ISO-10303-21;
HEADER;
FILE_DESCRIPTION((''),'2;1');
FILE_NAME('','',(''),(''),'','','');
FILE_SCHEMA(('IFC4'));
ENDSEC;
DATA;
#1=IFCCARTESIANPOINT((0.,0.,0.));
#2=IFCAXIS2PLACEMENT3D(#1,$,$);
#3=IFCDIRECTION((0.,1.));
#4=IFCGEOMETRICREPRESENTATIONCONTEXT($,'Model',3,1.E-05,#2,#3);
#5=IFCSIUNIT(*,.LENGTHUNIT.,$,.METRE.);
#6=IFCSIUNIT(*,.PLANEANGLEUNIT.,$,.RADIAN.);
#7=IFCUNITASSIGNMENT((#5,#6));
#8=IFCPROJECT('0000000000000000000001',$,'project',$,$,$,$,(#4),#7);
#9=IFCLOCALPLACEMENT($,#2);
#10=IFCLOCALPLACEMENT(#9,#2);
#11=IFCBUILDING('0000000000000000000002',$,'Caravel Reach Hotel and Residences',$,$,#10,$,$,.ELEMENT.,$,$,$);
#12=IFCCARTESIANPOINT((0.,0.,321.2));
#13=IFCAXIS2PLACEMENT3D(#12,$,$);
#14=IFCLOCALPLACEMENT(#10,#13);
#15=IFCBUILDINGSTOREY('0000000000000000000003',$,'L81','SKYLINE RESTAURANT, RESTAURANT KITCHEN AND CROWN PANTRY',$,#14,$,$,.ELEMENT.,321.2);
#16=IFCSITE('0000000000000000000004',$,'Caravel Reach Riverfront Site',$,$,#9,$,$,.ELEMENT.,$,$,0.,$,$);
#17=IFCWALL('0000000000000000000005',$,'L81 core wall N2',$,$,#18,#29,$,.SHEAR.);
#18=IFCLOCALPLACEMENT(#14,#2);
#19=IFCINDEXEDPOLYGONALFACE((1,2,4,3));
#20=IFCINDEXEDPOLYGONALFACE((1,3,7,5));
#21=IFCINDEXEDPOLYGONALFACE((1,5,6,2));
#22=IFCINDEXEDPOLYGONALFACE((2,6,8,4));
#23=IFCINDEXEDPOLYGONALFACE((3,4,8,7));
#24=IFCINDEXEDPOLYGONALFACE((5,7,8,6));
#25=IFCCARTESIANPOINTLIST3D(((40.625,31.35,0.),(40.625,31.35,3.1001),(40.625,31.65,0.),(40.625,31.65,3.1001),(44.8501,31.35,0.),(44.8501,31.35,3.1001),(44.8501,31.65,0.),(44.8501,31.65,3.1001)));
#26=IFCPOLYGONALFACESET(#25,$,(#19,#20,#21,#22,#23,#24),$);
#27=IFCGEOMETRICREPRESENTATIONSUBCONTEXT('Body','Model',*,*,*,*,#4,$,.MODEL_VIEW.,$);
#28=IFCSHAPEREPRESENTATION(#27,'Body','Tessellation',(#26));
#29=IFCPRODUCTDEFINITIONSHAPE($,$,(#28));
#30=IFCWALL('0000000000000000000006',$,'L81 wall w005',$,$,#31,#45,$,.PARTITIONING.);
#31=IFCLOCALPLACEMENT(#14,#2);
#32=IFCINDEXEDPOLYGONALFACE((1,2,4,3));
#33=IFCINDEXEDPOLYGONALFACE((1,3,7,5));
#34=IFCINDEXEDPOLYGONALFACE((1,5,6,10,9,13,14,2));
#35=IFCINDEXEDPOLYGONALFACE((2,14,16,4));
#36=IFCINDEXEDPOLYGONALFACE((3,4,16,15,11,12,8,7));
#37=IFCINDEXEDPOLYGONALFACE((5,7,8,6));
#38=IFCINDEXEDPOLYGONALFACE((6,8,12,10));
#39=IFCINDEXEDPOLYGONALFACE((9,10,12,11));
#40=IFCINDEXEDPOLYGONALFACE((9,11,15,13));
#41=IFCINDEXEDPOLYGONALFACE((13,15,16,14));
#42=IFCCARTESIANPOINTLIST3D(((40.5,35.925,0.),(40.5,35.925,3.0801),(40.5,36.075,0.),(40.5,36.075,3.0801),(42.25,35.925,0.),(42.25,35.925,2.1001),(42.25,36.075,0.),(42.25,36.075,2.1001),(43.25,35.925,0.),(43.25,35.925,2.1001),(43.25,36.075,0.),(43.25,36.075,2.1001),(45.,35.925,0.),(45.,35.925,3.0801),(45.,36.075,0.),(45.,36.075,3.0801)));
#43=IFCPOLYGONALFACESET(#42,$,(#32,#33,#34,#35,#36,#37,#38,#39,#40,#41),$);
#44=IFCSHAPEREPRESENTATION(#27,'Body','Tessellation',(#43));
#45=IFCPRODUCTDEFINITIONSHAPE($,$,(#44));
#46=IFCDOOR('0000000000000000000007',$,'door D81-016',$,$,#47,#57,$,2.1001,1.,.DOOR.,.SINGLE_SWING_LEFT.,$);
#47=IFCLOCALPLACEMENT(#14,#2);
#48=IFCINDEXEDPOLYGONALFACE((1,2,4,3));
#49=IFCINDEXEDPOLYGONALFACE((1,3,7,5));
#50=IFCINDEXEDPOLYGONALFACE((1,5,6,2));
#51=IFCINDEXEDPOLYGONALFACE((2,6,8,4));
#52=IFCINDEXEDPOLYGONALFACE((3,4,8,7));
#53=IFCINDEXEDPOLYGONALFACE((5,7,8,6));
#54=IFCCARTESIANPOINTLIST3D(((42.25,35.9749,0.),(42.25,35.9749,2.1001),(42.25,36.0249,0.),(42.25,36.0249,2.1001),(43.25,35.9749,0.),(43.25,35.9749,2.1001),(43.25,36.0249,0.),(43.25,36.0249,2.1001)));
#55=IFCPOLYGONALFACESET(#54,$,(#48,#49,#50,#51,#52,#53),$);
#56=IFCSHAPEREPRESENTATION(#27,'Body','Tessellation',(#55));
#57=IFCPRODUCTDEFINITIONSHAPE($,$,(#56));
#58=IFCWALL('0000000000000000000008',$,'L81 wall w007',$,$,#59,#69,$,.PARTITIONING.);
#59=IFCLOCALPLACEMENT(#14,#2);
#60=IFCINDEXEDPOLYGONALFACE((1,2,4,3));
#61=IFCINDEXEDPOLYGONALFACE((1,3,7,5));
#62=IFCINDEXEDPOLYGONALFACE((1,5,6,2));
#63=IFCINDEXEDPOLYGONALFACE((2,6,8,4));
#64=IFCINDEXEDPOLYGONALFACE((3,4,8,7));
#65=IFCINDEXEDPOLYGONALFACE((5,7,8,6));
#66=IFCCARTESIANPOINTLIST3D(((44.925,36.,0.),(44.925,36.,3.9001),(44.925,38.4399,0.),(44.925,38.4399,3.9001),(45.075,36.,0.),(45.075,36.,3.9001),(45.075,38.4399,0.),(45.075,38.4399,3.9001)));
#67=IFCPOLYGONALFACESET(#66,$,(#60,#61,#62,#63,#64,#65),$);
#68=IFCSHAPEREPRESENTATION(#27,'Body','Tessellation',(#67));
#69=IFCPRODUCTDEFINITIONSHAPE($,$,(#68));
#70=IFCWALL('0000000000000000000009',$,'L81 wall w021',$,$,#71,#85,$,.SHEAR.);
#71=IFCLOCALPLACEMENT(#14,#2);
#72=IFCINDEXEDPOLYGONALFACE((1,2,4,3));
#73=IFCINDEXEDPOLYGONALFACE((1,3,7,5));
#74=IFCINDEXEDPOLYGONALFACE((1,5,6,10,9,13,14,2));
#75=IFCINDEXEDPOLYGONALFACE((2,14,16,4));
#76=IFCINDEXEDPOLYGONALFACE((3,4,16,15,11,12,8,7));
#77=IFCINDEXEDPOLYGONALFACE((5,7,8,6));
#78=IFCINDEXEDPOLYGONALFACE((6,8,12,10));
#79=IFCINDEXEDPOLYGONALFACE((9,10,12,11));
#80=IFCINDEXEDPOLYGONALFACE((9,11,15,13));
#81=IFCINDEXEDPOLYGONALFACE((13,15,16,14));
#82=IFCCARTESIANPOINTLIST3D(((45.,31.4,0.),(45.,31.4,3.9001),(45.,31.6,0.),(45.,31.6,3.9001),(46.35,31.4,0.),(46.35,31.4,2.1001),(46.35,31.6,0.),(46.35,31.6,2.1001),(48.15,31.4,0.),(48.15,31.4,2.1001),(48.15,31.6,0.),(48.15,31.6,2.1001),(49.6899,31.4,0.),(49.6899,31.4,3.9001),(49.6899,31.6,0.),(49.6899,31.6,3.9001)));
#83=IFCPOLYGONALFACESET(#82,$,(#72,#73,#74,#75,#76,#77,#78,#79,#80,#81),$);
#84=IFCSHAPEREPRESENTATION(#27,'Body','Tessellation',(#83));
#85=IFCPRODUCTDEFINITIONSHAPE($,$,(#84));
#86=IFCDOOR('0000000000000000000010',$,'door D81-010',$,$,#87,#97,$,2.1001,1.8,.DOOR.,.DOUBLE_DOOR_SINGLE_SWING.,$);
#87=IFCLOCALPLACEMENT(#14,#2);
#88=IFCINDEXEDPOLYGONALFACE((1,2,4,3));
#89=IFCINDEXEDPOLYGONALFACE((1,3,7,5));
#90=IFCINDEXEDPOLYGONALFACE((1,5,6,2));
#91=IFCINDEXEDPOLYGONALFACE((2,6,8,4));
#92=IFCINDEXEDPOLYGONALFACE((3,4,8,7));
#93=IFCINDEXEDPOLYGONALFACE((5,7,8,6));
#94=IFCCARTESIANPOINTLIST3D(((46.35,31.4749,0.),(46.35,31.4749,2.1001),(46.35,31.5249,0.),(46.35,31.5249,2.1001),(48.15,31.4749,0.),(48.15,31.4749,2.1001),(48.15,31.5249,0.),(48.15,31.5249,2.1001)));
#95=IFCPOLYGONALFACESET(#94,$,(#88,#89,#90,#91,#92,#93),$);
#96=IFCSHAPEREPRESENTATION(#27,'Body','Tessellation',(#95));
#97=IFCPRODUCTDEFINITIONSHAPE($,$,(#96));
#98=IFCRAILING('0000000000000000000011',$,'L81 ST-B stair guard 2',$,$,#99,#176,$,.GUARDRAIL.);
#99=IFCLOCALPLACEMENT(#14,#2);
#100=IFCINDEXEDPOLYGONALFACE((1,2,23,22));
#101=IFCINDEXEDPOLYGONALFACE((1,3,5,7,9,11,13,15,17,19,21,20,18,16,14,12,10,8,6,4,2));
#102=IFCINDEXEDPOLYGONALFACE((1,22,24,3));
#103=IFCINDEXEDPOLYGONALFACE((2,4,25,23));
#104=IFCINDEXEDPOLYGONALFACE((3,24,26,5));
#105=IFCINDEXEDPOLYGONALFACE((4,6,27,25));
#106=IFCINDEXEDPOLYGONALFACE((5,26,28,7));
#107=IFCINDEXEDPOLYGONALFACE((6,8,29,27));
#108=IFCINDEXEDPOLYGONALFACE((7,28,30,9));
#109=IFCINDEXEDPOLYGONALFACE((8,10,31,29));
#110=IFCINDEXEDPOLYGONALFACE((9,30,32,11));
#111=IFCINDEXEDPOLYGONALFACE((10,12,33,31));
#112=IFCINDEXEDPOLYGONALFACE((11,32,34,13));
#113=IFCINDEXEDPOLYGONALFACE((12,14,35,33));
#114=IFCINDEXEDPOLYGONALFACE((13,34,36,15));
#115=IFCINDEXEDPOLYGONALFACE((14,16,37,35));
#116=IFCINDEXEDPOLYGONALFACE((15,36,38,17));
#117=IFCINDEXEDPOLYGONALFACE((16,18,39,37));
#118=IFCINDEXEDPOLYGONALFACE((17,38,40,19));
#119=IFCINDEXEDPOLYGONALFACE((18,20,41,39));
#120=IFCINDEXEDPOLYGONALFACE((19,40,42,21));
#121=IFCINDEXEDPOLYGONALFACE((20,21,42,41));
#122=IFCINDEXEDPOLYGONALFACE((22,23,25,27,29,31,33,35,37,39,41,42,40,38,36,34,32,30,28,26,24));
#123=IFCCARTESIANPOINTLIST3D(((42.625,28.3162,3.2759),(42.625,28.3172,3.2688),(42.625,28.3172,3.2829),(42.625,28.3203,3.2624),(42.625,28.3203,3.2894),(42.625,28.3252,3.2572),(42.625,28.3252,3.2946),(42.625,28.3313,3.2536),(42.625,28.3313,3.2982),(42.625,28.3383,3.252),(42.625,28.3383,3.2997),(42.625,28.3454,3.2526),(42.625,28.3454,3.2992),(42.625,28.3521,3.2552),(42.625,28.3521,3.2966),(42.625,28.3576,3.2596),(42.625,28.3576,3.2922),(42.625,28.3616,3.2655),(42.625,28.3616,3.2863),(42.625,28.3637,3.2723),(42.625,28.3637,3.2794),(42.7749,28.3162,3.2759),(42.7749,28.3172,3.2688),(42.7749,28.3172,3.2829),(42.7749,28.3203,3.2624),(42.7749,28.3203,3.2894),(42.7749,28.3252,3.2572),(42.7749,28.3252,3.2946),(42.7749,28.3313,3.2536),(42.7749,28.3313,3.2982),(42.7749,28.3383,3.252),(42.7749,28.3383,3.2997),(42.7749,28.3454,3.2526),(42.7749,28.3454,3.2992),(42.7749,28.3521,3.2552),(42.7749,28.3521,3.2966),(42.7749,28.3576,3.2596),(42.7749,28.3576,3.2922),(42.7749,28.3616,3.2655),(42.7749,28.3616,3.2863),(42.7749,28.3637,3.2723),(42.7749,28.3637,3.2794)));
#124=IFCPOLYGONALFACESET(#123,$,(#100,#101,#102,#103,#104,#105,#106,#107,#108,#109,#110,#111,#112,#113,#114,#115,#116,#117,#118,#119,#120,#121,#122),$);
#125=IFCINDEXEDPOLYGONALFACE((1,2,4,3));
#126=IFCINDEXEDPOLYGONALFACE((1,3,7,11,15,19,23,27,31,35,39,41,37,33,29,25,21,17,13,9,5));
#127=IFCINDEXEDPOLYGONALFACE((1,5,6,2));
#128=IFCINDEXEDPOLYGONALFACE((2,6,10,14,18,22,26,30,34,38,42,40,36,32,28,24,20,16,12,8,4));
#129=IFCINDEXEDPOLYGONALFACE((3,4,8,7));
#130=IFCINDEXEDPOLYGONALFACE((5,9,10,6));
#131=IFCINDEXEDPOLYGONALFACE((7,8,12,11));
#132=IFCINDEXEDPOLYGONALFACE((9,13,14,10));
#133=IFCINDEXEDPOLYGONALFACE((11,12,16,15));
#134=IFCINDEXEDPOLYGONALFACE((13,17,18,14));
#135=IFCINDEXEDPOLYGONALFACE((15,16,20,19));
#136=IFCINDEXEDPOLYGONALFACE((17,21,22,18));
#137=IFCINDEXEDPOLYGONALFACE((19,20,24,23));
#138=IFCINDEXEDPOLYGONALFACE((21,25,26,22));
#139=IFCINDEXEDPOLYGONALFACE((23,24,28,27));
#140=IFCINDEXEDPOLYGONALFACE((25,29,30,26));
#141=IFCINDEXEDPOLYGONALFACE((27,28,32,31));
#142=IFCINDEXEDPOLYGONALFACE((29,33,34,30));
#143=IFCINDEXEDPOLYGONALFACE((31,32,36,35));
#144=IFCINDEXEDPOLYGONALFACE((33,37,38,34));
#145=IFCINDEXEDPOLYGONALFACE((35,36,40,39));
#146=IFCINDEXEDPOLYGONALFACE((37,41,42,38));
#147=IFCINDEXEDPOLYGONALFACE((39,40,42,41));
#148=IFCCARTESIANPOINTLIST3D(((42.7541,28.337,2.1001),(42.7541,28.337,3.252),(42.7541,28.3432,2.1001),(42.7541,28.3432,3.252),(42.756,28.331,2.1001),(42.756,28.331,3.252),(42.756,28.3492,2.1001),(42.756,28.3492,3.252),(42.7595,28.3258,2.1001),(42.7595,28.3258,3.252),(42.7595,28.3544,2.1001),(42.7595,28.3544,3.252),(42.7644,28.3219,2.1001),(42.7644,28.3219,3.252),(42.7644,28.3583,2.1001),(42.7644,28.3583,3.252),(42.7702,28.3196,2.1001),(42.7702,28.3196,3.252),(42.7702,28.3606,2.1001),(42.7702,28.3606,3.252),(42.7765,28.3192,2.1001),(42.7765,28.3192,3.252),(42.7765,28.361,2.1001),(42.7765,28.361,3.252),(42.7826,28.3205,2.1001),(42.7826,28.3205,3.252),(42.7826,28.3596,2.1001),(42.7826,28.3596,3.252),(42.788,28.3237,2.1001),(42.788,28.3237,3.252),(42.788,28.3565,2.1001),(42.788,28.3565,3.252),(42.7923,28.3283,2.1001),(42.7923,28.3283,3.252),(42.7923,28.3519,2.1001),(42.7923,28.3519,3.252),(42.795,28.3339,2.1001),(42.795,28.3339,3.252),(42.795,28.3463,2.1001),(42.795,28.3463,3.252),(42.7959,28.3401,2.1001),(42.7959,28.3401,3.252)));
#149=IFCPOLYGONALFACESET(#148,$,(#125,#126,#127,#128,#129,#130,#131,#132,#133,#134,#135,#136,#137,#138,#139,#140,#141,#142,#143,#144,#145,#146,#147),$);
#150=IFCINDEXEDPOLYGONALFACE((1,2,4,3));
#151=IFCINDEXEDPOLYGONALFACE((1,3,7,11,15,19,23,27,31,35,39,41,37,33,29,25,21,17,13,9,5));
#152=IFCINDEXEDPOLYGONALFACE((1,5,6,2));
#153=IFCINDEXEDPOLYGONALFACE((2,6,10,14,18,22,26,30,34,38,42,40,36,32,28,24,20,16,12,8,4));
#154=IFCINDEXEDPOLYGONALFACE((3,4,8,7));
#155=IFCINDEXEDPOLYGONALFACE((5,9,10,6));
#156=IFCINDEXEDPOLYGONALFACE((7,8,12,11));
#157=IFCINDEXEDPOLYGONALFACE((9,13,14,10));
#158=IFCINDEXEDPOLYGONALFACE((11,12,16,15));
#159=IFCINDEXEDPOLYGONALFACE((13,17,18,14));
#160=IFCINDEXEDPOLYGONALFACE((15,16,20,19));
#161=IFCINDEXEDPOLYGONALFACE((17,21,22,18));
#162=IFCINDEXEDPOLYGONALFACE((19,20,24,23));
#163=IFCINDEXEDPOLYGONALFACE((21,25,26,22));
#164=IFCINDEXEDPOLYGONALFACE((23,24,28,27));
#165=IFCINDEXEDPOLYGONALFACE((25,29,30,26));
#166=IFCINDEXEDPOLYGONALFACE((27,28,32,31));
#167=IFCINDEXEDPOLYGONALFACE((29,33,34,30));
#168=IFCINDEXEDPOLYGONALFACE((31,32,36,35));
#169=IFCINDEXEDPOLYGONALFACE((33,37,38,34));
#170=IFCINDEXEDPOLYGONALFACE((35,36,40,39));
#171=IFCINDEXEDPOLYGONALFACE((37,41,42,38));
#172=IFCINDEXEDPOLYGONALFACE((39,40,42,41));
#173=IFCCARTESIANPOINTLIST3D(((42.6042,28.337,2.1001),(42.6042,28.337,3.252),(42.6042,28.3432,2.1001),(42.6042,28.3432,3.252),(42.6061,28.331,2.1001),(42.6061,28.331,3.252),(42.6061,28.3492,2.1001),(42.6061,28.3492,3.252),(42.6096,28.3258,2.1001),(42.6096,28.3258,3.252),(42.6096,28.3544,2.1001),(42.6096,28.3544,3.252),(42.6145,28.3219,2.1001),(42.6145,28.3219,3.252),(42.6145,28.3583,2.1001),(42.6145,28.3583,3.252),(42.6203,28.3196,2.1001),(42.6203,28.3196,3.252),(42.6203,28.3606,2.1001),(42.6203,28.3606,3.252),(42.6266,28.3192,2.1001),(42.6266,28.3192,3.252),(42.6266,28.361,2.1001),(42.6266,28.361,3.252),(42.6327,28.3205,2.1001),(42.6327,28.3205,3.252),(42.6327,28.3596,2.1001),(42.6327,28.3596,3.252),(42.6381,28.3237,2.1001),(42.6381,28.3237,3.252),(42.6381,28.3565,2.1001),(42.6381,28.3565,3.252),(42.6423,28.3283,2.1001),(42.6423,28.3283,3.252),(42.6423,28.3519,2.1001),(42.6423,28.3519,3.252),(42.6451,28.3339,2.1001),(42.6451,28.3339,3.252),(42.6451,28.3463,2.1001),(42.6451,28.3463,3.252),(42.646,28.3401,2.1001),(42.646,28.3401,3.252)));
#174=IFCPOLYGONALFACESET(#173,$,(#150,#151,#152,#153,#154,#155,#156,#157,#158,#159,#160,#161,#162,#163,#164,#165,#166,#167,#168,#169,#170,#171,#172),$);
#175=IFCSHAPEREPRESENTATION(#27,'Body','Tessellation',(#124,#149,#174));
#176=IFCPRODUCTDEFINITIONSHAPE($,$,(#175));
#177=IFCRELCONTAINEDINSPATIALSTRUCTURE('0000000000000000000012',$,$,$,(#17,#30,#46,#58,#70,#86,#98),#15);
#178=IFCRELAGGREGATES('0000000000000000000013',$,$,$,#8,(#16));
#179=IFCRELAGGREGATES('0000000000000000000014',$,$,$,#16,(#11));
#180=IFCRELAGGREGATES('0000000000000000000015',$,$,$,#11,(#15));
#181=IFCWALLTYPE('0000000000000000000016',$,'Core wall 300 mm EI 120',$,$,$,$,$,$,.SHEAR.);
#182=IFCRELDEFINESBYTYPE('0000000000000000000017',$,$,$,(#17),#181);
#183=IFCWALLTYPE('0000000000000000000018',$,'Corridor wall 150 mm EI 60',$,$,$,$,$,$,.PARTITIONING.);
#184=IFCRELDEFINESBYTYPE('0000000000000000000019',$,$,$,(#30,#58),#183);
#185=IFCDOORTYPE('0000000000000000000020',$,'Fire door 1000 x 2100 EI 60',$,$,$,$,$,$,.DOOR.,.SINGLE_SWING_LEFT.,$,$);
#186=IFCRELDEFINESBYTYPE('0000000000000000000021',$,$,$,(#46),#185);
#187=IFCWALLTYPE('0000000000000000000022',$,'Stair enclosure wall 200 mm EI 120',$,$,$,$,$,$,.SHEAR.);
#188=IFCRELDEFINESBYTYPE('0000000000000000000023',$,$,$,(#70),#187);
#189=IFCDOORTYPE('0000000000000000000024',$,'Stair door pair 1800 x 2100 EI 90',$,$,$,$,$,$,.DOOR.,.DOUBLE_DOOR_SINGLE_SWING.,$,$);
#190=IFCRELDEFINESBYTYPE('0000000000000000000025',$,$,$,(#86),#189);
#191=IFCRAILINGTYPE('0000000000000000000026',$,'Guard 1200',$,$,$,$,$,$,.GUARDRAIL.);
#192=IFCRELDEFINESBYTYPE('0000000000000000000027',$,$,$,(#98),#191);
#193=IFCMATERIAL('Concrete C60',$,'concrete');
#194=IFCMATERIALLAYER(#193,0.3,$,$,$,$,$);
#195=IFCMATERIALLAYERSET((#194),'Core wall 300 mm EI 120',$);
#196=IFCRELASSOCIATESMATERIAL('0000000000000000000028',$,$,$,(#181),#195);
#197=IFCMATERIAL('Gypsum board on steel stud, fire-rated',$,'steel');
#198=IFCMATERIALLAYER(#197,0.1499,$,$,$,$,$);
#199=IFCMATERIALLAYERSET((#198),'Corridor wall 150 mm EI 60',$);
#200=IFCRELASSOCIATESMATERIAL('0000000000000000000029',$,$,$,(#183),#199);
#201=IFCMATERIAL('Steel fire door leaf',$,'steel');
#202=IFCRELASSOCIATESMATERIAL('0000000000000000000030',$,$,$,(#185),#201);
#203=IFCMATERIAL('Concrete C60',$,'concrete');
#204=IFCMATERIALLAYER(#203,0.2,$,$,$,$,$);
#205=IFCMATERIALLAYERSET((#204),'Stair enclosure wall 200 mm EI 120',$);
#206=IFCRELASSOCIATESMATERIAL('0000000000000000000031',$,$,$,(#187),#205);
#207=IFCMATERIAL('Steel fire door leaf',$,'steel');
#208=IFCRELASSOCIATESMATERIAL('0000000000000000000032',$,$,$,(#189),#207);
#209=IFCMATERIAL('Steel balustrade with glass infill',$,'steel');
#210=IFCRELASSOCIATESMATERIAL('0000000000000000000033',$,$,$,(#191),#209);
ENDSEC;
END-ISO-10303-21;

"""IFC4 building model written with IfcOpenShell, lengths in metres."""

from ifc_helpers import new_model, si_unit, direction, frame, frame_2d, origin, origin_2d, place, context, subcontext, project, spatial, rectangle, circle, extrude, material, layer, layer_set, type_object, element, fill, save


model = new_model("IFC4")

# Units and contexts
model_context = context("Model", 3, precision=1e-05, world=origin(), true_north=direction((0.0, 1.0)))
body_context = subcontext(model_context, "Body", "Model", "MODEL_VIEW")
ifc_project = project(units=[si_unit("LENGTHUNIT", "METRE"), si_unit("PLANEANGLEUNIT", "RADIAN")], contexts=[model_context])

# Site, building, storey
site_placement = place(None, origin())
site = spatial("IfcSite", under=ifc_project, at=site_placement, Name="Caravel Reach Riverfront Site", CompositionType="ELEMENT", RefElevation=0.0)
building_placement = place(site_placement, origin())
building = spatial("IfcBuilding", under=site, at=building_placement, Name="Caravel Reach Hotel and Residences", CompositionType="ELEMENT")
storey_placement = place(building_placement, frame((0.0, 0.0, 321.2)))
storey = spatial("IfcBuildingStorey", under=building, at=storey_placement, Name="L81", Description="SKYLINE RESTAURANT, RESTAURANT KITCHEN AND CROWN PANTRY", CompositionType="ELEMENT", Elevation=321.2)

# Wall
ifc_material_1 = material(Name="Concrete C60", Category="concrete")
ifc_layer_1 = layer(ifc_material_1, 0.3)
ifc_layer_set_1 = layer_set([ifc_layer_1], Name="Core wall 300 mm EI 120")
wall_type_1 = type_object("IfcWallType", Name="Core wall 300 mm EI 120", PredefinedType="SHEAR", material=ifc_layer_set_1)
wall_1_placement = place(storey_placement, frame((40.625, 31.5, 0.0), z_axis=(0.0, 0.0, 1.0), x_axis=(1.0, 0.0, 0.0)))
element("IfcWall", 1, at=wall_1_placement, inside=storey, type_object=wall_type_1, Name="L81 core wall N2", PredefinedType="SHEAR", context=body_context, shape_type="SweptSolid", body=[
    extrude(rectangle(XDim=4.2251, YDim=0.3, at=frame_2d((2.1125, 0.0))), origin(), (0.0, 0.0, 1.0), 3.1001),
])

# Wall, opening, door
ifc_material_2 = material(Name="Gypsum board on steel stud, fire-rated", Category="steel")
ifc_layer_2 = layer(ifc_material_2, 0.1499)
ifc_layer_set_2 = layer_set([ifc_layer_2], Name="Corridor wall 150 mm EI 60")
wall_type_2 = type_object("IfcWallType", Name="Corridor wall 150 mm EI 60", PredefinedType="PARTITIONING", material=ifc_layer_set_2)
wall_2_placement = place(storey_placement, frame((40.5, 36.0, 0.0), z_axis=(0.0, 0.0, 1.0), x_axis=(1.0, 0.0, 0.0)))
wall_2 = element("IfcWall", 2, at=wall_2_placement, inside=storey, type_object=wall_type_2, Name="L81 wall w005", PredefinedType="PARTITIONING", context=body_context, shape_type="SweptSolid", body=[
    extrude(rectangle(XDim=4.5, YDim=0.1499, at=frame_2d((2.25, 0.0))), origin(), (0.0, 0.0, 1.0), 3.0801),
])
opening_1_placement = place(wall_2_placement, frame((1.75, 0.0, 0.0)))
opening_1 = element("IfcOpeningElement", 3, at=opening_1_placement, cuts=wall_2, PredefinedType="OPENING", context=body_context, shape_type="SweptSolid", body=[
    extrude(rectangle(XDim=1.0, YDim=2.1001, at=frame_2d((0.5, 1.05))), frame((0.0, 0.085, 0.0), z_axis=(0.0, -1.0, 0.0), x_axis=(1.0, 0.0, 0.0)), (0.0, 0.0, 1.0), 0.1699),
])
ifc_material_3 = material(Name="Steel fire door leaf", Category="steel")
door_type_1 = type_object("IfcDoorType", Name="Fire door 1000 x 2100 EI 60", OperationType="SINGLE_SWING_LEFT", PredefinedType="DOOR", material=ifc_material_3)
door_1_placement = place(opening_1_placement, origin())
door_1 = element("IfcDoor", 4, at=door_1_placement, inside=storey, type_object=door_type_1, Name="door D81-016", OperationType="SINGLE_SWING_LEFT", OverallHeight=2.1001, OverallWidth=1.0, PredefinedType="DOOR", context=body_context, shape_type="SweptSolid", body=[
    extrude(rectangle(XDim=1.0, YDim=2.1001, at=frame_2d((0.5, 1.05))), frame((0.0, 0.0249, 0.0), z_axis=(0.0, -1.0, 0.0), x_axis=(1.0, 0.0, 0.0)), (0.0, 0.0, 1.0), 0.05),
])
fill(opening_1, door_1)

# Wall
wall_3_placement = place(storey_placement, frame((45.0, 36.0, 0.0), z_axis=(0.0, 0.0, 1.0), x_axis=(0.0, 1.0, 0.0)))
element("IfcWall", 5, at=wall_3_placement, inside=storey, type_object=wall_type_2, Name="L81 wall w007", PredefinedType="PARTITIONING", context=body_context, shape_type="SweptSolid", body=[
    extrude(rectangle(XDim=2.4399, YDim=0.1499, at=frame_2d((1.22, 0.0))), origin(), (0.0, 0.0, 1.0), 3.9001),
])

# Wall, opening, door
ifc_material_4 = material(Name="Concrete C60", Category="concrete")
ifc_layer_3 = layer(ifc_material_4, 0.2)
ifc_layer_set_3 = layer_set([ifc_layer_3], Name="Stair enclosure wall 200 mm EI 120")
wall_type_3 = type_object("IfcWallType", Name="Stair enclosure wall 200 mm EI 120", PredefinedType="SHEAR", material=ifc_layer_set_3)
wall_4_placement = place(storey_placement, frame((45.0, 31.5, 0.0), z_axis=(0.0, 0.0, 1.0), x_axis=(1.0, 0.0, 0.0)))
wall_4 = element("IfcWall", 6, at=wall_4_placement, inside=storey, type_object=wall_type_3, Name="L81 wall w021", PredefinedType="SHEAR", context=body_context, shape_type="SweptSolid", body=[
    extrude(rectangle(XDim=4.6899, YDim=0.2, at=frame_2d((2.345, 0.0))), origin(), (0.0, 0.0, 1.0), 3.9001),
])
opening_2_placement = place(wall_4_placement, frame((1.3501, 0.0, 0.0)))
opening_2 = element("IfcOpeningElement", 7, at=opening_2_placement, cuts=wall_4, PredefinedType="OPENING", context=body_context, shape_type="SweptSolid", body=[
    extrude(rectangle(XDim=1.8, YDim=2.1001, at=frame_2d((0.8999, 1.05))), frame((0.0, 0.1099, 0.0), z_axis=(0.0, -1.0, 0.0), x_axis=(1.0, 0.0, 0.0)), (0.0, 0.0, 1.0), 0.22),
])
ifc_material_5 = material(Name="Steel fire door leaf", Category="steel")
door_type_2 = type_object("IfcDoorType", Name="Stair door pair 1800 x 2100 EI 90", OperationType="DOUBLE_DOOR_SINGLE_SWING", PredefinedType="DOOR", material=ifc_material_5)
door_2_placement = place(opening_2_placement, origin())
door_2 = element("IfcDoor", 8, at=door_2_placement, inside=storey, type_object=door_type_2, Name="door D81-010", OperationType="DOUBLE_DOOR_SINGLE_SWING", OverallHeight=2.1001, OverallWidth=1.8, PredefinedType="DOOR", context=body_context, shape_type="SweptSolid", body=[
    extrude(rectangle(XDim=1.8, YDim=2.1001, at=frame_2d((0.8999, 1.05))), frame((0.0, 0.0249, 0.0), z_axis=(0.0, -1.0, 0.0), x_axis=(1.0, 0.0, 0.0)), (0.0, 0.0, 1.0), 0.05),
])
fill(opening_2, door_2)

# Railing
ifc_material_6 = material(Name="Steel balustrade with glass infill", Category="steel")
railing_type_1 = type_object("IfcRailingType", Name="Guard 1200", PredefinedType="GUARDRAIL", material=ifc_material_6)
railing_1_placement = place(storey_placement, frame((42.7749, 28.3401, 2.1001)))
element("IfcRailing", 9, at=railing_1_placement, inside=storey, type_object=railing_type_1, Name="L81 ST-B stair guard 2", PredefinedType="GUARDRAIL", context=body_context, shape_type="SweptSolid", body=[
    extrude(circle(Radius=0.0239, at=origin_2d()), frame((0.0, 0.0, 1.1758), z_axis=(-1.0, 0.0, 0.0), x_axis=(0.0, -1.0, 0.0)), (0.0, 0.0, 1.0), 0.1499),
    extrude(circle(Radius=0.021, at=origin_2d()), origin(), (0.0, 0.0, 1.0), 1.1519),
    extrude(circle(Radius=0.021, at=origin_2d()), frame((-0.1499, 0.0, 0.0)), (0.0, 0.0, 1.0), 1.1519),
])

save(model, "model.ifc")
